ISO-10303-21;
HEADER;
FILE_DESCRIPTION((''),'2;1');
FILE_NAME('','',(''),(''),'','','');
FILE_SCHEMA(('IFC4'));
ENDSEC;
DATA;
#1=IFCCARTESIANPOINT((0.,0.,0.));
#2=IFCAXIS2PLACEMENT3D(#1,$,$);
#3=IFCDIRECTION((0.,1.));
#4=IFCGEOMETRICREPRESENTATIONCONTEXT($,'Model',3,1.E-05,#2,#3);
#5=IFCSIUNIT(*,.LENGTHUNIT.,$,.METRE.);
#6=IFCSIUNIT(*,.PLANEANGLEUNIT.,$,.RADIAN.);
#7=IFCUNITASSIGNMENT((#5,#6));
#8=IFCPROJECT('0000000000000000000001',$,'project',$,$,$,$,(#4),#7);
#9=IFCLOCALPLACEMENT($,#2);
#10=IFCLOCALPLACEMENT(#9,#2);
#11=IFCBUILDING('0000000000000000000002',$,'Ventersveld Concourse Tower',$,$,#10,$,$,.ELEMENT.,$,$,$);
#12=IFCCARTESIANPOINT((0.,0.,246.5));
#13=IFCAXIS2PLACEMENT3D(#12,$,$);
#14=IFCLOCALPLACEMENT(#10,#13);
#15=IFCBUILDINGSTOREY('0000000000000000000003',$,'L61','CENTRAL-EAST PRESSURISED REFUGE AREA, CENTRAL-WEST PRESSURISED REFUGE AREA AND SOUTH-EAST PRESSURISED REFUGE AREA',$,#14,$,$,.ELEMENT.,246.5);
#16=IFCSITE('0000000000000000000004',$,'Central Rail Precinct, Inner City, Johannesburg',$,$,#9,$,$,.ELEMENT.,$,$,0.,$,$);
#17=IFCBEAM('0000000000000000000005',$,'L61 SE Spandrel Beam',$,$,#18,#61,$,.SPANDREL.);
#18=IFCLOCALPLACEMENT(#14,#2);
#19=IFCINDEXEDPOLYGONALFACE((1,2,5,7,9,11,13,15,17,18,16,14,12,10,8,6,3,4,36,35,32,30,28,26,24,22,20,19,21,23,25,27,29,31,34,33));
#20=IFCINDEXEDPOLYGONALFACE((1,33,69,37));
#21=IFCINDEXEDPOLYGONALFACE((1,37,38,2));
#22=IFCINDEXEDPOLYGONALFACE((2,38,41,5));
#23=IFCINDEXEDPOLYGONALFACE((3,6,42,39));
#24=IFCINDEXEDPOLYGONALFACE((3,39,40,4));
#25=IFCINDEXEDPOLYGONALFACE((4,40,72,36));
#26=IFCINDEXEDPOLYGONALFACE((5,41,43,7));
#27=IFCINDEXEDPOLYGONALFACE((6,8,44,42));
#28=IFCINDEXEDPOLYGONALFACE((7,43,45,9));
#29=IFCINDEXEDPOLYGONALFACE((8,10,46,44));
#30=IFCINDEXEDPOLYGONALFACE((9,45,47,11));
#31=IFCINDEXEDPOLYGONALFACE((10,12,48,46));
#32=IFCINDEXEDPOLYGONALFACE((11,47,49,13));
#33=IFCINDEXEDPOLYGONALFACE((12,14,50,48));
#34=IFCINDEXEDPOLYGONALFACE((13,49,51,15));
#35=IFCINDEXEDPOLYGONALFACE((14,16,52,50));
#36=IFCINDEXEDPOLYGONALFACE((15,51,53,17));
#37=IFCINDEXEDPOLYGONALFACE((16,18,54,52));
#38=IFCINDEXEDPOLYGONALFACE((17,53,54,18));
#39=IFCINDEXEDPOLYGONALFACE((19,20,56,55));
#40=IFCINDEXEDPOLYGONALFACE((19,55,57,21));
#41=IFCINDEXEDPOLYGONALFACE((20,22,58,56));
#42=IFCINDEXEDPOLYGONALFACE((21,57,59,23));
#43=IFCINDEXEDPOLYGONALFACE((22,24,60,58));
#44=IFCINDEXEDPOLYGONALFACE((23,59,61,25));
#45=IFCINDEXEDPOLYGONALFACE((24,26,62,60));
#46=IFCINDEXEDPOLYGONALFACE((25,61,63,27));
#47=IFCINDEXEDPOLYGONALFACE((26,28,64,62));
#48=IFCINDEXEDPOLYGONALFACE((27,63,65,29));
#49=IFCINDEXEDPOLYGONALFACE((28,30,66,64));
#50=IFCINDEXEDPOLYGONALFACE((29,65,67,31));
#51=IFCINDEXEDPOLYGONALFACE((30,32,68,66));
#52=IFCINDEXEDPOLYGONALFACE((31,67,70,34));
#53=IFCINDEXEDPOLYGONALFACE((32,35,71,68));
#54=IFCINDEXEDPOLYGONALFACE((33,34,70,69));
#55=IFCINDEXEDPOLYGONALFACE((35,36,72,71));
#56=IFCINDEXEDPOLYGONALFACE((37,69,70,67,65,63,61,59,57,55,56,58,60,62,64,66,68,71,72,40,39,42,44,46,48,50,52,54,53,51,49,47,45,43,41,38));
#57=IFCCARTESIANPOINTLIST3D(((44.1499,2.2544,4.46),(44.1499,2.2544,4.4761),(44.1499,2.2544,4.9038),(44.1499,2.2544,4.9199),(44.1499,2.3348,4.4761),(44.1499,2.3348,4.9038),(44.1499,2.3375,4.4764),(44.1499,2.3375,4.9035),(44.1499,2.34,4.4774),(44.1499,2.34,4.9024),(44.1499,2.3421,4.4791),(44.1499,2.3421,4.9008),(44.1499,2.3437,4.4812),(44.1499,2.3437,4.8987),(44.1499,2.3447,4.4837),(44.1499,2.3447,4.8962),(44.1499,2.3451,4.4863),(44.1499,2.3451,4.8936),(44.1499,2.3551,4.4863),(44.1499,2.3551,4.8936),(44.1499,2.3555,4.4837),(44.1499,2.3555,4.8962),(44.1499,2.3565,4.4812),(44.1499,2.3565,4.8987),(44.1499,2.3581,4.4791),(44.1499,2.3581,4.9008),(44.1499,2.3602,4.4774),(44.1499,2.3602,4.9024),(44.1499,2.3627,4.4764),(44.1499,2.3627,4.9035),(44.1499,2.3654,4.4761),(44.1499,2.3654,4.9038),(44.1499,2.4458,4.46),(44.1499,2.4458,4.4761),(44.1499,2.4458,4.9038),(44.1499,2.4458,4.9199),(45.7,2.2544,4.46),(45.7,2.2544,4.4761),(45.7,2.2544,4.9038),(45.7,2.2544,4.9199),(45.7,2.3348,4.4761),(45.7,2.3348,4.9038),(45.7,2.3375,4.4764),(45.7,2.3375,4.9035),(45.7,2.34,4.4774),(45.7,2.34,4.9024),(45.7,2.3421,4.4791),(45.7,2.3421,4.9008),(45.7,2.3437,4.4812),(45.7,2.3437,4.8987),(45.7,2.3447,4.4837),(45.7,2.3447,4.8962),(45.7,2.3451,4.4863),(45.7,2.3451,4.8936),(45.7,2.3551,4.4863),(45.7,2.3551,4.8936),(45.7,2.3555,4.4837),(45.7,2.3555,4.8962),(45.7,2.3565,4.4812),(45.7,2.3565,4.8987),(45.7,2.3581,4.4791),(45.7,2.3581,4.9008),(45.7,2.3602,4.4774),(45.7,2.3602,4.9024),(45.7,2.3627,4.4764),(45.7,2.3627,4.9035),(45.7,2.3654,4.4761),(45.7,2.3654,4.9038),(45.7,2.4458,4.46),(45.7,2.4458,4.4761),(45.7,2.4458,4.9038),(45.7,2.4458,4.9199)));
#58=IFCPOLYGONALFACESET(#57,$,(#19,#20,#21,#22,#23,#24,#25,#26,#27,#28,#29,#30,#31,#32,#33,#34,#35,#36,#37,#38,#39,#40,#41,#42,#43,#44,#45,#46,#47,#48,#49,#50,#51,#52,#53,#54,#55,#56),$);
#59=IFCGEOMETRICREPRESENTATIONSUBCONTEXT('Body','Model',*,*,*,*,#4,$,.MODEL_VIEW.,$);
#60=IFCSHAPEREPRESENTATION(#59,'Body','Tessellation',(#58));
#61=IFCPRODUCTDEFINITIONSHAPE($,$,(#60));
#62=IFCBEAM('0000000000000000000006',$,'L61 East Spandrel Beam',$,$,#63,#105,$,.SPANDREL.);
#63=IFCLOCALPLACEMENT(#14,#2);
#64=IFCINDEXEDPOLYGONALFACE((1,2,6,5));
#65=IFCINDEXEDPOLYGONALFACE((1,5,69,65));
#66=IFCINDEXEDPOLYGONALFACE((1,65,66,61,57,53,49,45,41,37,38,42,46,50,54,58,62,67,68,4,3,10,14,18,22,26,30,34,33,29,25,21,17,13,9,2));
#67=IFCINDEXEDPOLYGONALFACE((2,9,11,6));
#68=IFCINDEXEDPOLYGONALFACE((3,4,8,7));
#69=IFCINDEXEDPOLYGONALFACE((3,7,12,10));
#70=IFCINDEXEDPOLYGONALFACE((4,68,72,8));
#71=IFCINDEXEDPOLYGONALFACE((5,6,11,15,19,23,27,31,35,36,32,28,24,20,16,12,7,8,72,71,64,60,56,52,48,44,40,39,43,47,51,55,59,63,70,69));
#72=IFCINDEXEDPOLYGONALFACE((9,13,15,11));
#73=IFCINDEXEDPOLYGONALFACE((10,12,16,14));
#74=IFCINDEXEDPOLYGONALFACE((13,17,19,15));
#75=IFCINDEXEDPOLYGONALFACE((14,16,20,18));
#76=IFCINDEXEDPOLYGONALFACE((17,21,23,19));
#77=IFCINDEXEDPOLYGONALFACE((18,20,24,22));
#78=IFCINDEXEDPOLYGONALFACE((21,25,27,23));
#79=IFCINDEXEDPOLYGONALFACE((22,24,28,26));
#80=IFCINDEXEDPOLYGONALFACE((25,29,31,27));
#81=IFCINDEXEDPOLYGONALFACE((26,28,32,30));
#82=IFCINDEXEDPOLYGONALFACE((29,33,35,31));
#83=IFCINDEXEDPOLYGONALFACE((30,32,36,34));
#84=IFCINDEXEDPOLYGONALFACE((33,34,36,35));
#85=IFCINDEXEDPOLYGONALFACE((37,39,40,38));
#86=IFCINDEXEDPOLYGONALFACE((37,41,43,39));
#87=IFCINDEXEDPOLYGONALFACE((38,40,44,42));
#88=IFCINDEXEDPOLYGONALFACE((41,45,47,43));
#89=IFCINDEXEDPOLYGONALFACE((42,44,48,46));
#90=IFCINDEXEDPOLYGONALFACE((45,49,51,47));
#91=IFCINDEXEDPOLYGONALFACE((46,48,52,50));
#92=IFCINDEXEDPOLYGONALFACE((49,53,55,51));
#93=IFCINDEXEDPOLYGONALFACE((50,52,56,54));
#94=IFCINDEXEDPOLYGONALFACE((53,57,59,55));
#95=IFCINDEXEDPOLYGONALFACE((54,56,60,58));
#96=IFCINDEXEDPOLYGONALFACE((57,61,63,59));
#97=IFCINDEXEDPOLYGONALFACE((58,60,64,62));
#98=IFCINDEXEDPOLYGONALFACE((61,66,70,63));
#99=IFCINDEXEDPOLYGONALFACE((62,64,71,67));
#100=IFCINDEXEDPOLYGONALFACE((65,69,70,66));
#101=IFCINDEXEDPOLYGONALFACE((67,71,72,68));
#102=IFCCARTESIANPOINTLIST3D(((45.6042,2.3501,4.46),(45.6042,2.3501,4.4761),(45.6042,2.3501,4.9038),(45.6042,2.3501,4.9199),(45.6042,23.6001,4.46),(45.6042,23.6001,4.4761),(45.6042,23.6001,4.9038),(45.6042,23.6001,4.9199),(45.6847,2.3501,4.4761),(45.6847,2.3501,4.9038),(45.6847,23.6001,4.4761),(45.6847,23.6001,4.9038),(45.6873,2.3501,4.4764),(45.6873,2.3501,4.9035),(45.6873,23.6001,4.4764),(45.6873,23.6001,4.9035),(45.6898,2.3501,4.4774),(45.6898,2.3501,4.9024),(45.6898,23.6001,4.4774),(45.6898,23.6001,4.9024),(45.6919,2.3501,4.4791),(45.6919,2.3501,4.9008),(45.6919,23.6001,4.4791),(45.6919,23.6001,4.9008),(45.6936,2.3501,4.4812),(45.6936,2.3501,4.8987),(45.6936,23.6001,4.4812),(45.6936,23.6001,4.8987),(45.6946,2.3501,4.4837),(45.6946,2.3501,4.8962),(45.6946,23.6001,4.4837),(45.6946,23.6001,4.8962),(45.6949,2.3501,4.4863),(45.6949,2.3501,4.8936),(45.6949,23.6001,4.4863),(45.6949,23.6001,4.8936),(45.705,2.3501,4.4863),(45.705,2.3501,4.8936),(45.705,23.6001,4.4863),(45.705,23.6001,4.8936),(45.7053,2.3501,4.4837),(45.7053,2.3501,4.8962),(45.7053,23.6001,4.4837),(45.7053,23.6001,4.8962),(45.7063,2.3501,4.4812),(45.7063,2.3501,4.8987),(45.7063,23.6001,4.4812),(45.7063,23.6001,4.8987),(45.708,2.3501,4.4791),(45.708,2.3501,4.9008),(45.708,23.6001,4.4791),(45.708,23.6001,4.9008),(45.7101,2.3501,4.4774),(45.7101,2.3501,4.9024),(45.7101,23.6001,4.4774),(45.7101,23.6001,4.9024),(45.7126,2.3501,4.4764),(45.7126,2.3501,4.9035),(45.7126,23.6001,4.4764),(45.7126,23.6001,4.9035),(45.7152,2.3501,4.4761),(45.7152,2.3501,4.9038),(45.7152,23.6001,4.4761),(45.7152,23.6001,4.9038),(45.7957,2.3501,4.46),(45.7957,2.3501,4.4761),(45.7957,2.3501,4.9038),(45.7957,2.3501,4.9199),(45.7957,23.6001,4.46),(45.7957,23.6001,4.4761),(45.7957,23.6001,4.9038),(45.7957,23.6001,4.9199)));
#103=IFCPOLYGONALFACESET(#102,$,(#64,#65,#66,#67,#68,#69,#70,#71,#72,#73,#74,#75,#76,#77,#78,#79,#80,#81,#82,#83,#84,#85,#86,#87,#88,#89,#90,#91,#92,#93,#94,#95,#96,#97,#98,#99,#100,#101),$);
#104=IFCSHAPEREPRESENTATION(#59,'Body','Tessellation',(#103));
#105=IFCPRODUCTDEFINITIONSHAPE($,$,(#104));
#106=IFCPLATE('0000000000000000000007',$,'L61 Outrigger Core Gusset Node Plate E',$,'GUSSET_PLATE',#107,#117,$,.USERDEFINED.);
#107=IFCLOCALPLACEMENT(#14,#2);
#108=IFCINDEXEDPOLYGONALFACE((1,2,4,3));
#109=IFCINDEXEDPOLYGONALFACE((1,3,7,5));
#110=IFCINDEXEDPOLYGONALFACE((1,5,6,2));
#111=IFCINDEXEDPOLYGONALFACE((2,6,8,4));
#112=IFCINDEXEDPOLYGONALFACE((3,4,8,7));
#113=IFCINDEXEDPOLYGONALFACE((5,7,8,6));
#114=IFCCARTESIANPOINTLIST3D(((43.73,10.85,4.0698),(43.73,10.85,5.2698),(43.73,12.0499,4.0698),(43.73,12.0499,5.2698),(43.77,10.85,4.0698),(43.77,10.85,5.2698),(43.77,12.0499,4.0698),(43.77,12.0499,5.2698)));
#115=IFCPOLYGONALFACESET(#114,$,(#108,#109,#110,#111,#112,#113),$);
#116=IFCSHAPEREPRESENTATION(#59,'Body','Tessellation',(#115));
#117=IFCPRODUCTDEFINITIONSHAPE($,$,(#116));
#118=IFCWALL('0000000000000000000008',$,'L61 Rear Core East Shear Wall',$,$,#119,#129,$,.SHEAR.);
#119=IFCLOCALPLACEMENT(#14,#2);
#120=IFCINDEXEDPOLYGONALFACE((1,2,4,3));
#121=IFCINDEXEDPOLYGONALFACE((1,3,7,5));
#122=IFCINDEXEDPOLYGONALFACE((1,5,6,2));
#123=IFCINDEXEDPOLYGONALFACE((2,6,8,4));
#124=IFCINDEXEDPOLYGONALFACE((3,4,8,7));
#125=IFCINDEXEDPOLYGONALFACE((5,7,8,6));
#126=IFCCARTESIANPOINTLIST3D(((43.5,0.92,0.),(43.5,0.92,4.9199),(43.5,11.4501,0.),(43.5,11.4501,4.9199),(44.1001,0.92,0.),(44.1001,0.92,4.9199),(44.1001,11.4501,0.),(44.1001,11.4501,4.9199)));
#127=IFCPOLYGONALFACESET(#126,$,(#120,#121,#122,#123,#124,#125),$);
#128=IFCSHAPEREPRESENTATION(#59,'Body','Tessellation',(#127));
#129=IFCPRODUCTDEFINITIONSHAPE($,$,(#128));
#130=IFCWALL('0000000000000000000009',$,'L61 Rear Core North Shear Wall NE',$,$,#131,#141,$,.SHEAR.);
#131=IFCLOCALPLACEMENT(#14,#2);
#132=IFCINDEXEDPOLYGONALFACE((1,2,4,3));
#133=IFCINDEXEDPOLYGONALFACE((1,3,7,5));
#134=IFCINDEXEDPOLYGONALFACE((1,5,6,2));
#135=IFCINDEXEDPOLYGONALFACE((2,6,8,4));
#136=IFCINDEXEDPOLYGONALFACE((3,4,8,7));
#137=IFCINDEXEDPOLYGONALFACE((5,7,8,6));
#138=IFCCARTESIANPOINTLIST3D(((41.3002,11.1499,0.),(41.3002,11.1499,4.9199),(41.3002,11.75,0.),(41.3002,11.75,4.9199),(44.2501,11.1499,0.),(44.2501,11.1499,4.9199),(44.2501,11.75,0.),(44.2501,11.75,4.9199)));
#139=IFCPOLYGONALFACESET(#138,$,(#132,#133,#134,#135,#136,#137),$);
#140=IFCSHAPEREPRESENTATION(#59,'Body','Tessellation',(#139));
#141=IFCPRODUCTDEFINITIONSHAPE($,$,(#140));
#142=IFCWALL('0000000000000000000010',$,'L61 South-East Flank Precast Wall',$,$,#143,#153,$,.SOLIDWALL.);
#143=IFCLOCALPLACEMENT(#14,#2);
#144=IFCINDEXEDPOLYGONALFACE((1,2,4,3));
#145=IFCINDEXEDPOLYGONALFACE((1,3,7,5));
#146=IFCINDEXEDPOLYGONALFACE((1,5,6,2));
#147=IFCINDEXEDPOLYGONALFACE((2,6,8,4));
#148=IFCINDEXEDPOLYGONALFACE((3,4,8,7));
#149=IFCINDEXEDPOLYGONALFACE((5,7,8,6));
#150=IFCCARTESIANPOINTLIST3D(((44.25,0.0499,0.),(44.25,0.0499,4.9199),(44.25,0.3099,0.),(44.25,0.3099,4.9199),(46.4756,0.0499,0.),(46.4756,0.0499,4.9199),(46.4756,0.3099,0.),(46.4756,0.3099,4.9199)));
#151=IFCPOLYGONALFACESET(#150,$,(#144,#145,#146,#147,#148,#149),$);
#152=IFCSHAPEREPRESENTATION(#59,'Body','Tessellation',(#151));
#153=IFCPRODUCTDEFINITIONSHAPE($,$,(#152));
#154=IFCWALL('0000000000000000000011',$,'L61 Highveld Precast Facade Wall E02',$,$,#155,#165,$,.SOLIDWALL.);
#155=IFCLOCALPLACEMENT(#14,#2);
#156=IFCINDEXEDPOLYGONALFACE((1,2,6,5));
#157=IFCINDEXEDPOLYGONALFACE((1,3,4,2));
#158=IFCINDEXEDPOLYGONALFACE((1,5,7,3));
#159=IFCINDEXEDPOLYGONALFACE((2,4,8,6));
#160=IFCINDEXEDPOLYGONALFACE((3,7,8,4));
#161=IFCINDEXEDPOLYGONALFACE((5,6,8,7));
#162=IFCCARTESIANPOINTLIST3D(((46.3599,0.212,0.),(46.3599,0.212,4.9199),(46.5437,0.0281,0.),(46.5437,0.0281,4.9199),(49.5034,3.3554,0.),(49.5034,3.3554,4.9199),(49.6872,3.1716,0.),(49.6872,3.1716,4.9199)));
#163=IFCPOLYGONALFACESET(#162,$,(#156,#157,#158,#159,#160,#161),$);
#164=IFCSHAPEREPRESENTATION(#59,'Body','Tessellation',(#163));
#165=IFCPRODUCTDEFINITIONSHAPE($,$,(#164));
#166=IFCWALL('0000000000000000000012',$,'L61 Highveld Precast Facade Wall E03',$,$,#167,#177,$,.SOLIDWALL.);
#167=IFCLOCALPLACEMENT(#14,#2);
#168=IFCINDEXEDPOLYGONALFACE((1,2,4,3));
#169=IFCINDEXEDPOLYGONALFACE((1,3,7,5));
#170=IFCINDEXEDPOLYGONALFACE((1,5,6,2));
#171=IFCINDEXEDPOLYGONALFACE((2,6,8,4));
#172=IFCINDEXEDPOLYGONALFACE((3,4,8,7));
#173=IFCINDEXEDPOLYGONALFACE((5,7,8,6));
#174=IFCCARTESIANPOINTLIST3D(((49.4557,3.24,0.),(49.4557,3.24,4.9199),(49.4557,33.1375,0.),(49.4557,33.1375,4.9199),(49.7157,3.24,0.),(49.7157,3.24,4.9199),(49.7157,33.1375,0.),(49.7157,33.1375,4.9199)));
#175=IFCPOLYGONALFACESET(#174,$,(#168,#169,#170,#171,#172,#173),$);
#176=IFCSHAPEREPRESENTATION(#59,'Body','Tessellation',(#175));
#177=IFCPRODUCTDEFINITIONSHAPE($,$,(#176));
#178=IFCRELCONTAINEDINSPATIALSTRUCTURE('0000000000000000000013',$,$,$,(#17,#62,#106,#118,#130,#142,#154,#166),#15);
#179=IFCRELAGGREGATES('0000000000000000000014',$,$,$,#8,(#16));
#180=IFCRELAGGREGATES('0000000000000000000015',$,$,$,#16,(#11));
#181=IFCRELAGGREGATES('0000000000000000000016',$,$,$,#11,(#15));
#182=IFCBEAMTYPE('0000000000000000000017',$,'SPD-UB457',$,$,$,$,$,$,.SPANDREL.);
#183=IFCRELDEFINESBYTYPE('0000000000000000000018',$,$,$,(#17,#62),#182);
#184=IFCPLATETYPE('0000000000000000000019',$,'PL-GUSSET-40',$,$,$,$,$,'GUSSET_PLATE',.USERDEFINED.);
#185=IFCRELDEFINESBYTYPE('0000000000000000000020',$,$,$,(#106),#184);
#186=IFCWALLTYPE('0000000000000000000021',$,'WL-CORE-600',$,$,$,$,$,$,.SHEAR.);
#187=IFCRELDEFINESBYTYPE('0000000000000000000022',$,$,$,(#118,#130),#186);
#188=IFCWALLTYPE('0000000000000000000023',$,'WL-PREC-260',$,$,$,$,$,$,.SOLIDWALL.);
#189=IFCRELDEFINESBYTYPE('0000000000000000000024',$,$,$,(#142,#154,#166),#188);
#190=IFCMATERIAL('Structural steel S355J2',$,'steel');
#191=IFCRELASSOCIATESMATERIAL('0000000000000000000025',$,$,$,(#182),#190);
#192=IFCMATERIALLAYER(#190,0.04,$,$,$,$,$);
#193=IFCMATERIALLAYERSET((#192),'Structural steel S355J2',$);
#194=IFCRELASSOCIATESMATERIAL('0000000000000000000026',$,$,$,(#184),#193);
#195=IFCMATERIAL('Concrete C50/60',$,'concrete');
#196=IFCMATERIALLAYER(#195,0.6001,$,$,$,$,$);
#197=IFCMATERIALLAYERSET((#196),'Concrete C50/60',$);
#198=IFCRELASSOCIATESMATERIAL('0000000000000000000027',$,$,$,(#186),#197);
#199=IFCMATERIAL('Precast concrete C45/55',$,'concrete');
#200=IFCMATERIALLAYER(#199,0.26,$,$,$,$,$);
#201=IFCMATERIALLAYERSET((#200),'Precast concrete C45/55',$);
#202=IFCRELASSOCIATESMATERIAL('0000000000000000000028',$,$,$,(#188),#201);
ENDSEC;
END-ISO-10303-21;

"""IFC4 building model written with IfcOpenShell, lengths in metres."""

from ifc_helpers import new_model, si_unit, direction, frame, frame_2d, origin, origin_2d, place, context, subcontext, project, spatial, rectangle, i_section, extrude, material, layer, layer_set, material_profile, profile_set, type_object, element, save


model = new_model("IFC4")

# Units and contexts
model_context = context("Model", 3, precision=1e-05, world=origin(), true_north=direction((0.0, 1.0)))
body_context = subcontext(model_context, "Body", "Model", "MODEL_VIEW")
ifc_project = project(units=[si_unit("LENGTHUNIT", "METRE"), si_unit("PLANEANGLEUNIT", "RADIAN")], contexts=[model_context])

# Site, building, storey
site_placement = place(None, origin())
site = spatial("IfcSite", under=ifc_project, at=site_placement, Name="Central Rail Precinct, Inner City, Johannesburg", CompositionType="ELEMENT", RefElevation=0.0)
building_placement = place(site_placement, origin())
building = spatial("IfcBuilding", under=site, at=building_placement, Name="Ventersveld Concourse Tower", CompositionType="ELEMENT")
storey_placement = place(building_placement, frame((0.0, 0.0, 246.5)))
storey = spatial("IfcBuildingStorey", under=building, at=storey_placement, Name="L61", Description="CENTRAL-EAST PRESSURISED REFUGE AREA, CENTRAL-WEST PRESSURISED REFUGE AREA AND SOUTH-EAST PRESSURISED REFUGE AREA", CompositionType="ELEMENT", Elevation=246.5)

# Shared definitions
ifc_material_1 = material(Name="Concrete C50/60", Category="concrete")

# Shared definitions
ifc_material_2 = material(Name="Structural steel S355J2", Category="steel")

# Beams
ifc_material_profile_1 = material_profile(ifc_material_2, i_section(OverallWidth=0.1914, OverallDepth=0.46, WebThickness=0.01, FlangeThickness=0.0161, FilletRadius=0.0103, at=origin_2d()), Name="UB 457x191x82")
ifc_profile_set_1 = profile_set([ifc_material_profile_1], Name="Structural steel S355J2")
beam_type_1 = type_object("IfcBeamType", Name="SPD-UB457", PredefinedType="SPANDREL", material=ifc_profile_set_1)
beam_1_placement = place(storey_placement, frame((44.1499, 2.3501, 4.6899), z_axis=(1.0, 0.0, 0.0), x_axis=(0.0, 1.0, 0.0)))
element("IfcBeam", 1, at=beam_1_placement, inside=storey, type_object=beam_type_1, Name="L61 SE Spandrel Beam", PredefinedType="SPANDREL", context=body_context, shape_type="SweptSolid", body=[
    extrude(i_section(OverallWidth=0.1914, OverallDepth=0.46, WebThickness=0.01, FlangeThickness=0.0161, FilletRadius=0.0103, at=origin_2d()), origin(), (0.0, 0.0, 1.0), 1.55),
])
beam_2_placement = place(storey_placement, frame((45.7, 2.3501, 4.6899), z_axis=(0.0, 1.0, 0.0), x_axis=(-1.0, 0.0, 0.0)))
element("IfcBeam", 2, at=beam_2_placement, inside=storey, type_object=beam_type_1, Name="L61 East Spandrel Beam", PredefinedType="SPANDREL", context=body_context, shape_type="SweptSolid", body=[
    extrude(i_section(OverallWidth=0.1914, OverallDepth=0.46, WebThickness=0.01, FlangeThickness=0.0161, FilletRadius=0.0103, at=origin_2d()), origin(), (0.0, 0.0, 1.0), 21.25),
])

# Plate
ifc_layer_1 = layer(ifc_material_2, 0.04)
ifc_layer_set_1 = layer_set([ifc_layer_1], Name="Structural steel S355J2")
plate_type = type_object("IfcPlateType", Name="PL-GUSSET-40", ElementType="GUSSET_PLATE", PredefinedType="USERDEFINED", material=ifc_layer_set_1)
plate_placement = place(storey_placement, frame((43.75, 11.45, 4.0698), z_axis=(0.0, 0.0, 1.0), x_axis=(1.0, 0.0, 0.0)))
element("IfcPlate", 3, at=plate_placement, inside=storey, type_object=plate_type, Name="L61 Outrigger Core Gusset Node Plate E", ObjectType="GUSSET_PLATE", PredefinedType="USERDEFINED", context=body_context, shape_type="SweptSolid", body=[
    extrude(rectangle(XDim=0.04, YDim=1.2, at=origin_2d()), origin(), (0.0, 0.0, 1.0), 1.2),
])

# Walls
ifc_layer_2 = layer(ifc_material_1, 0.6001)
ifc_layer_set_2 = layer_set([ifc_layer_2], Name="Concrete C50/60")
wall_type_1 = type_object("IfcWallType", Name="WL-CORE-600", PredefinedType="SHEAR", material=ifc_layer_set_2)
wall_1_placement = place(storey_placement, frame((43.8, 0.9199, 0.0), z_axis=(0.0, 0.0, 1.0), x_axis=(0.0, 1.0, 0.0)))
element("IfcWall", 4, at=wall_1_placement, inside=storey, type_object=wall_type_1, Name="L61 Rear Core East Shear Wall", PredefinedType="SHEAR", context=body_context, shape_type="SweptSolid", body=[
    extrude(rectangle(XDim=10.53, YDim=0.6001, at=frame_2d((5.2651, 0.0))), origin(), (0.0, 0.0, 1.0), 4.9199),
])
wall_2_placement = place(storey_placement, frame((41.3, 11.45, 0.0), z_axis=(0.0, 0.0, 1.0), x_axis=(1.0, 0.0, 0.0)))
element("IfcWall", 5, at=wall_2_placement, inside=storey, type_object=wall_type_1, Name="L61 Rear Core North Shear Wall NE", PredefinedType="SHEAR", context=body_context, shape_type="SweptSolid", body=[
    extrude(rectangle(XDim=2.95, YDim=0.6001, at=frame_2d((1.4751, 0.0))), origin(), (0.0, 0.0, 1.0), 4.9199),
])
ifc_material_3 = material(Name="Precast concrete C45/55", Category="concrete")
ifc_layer_3 = layer(ifc_material_3, 0.26)
ifc_layer_set_3 = layer_set([ifc_layer_3], Name="Precast concrete C45/55")
wall_type_2 = type_object("IfcWallType", Name="WL-PREC-260", PredefinedType="SOLIDWALL", material=ifc_layer_set_3)
wall_3_placement = place(storey_placement, frame((44.25, 0.1799, 0.0), z_axis=(0.0, 0.0, 1.0), x_axis=(1.0, 0.0, 0.0)))
element("IfcWall", 6, at=wall_3_placement, inside=storey, type_object=wall_type_2, Name="L61 South-East Flank Precast Wall", PredefinedType="SOLIDWALL", context=body_context, shape_type="SweptSolid", body=[
    extrude(rectangle(XDim=2.2256, YDim=0.26, at=frame_2d((1.1128, 0.0))), origin(), (0.0, 0.0, 1.0), 4.9199),
])
wall_4_placement = place(storey_placement, frame((46.4519, 0.1201, 0.0), z_axis=(0.0, 0.0, 1.0), x_axis=(0.707107, 0.707107, 0.0)))
element("IfcWall", 7, at=wall_4_placement, inside=storey, type_object=wall_type_2, Name="L61 Highveld Precast Facade Wall E02", PredefinedType="SOLIDWALL", context=body_context, shape_type="SweptSolid", body=[
    extrude(rectangle(XDim=4.4456, YDim=0.26, at=frame_2d((2.2227, 0.0))), origin(), (0.0, 0.0, 1.0), 4.9199),
])
wall_5_placement = place(storey_placement, frame((49.5857, 3.24, 0.0), z_axis=(0.0, 0.0, 1.0), x_axis=(0.0, 1.0, 0.0)))
element("IfcWall", 8, at=wall_5_placement, inside=storey, type_object=wall_type_2, Name="L61 Highveld Precast Facade Wall E03", PredefinedType="SOLIDWALL", context=body_context, shape_type="SweptSolid", body=[
    extrude(rectangle(XDim=29.8975, YDim=0.26, at=frame_2d((14.9487, 0.0))), origin(), (0.0, 0.0, 1.0), 4.9199),
])

save(model, "model.ifc")
